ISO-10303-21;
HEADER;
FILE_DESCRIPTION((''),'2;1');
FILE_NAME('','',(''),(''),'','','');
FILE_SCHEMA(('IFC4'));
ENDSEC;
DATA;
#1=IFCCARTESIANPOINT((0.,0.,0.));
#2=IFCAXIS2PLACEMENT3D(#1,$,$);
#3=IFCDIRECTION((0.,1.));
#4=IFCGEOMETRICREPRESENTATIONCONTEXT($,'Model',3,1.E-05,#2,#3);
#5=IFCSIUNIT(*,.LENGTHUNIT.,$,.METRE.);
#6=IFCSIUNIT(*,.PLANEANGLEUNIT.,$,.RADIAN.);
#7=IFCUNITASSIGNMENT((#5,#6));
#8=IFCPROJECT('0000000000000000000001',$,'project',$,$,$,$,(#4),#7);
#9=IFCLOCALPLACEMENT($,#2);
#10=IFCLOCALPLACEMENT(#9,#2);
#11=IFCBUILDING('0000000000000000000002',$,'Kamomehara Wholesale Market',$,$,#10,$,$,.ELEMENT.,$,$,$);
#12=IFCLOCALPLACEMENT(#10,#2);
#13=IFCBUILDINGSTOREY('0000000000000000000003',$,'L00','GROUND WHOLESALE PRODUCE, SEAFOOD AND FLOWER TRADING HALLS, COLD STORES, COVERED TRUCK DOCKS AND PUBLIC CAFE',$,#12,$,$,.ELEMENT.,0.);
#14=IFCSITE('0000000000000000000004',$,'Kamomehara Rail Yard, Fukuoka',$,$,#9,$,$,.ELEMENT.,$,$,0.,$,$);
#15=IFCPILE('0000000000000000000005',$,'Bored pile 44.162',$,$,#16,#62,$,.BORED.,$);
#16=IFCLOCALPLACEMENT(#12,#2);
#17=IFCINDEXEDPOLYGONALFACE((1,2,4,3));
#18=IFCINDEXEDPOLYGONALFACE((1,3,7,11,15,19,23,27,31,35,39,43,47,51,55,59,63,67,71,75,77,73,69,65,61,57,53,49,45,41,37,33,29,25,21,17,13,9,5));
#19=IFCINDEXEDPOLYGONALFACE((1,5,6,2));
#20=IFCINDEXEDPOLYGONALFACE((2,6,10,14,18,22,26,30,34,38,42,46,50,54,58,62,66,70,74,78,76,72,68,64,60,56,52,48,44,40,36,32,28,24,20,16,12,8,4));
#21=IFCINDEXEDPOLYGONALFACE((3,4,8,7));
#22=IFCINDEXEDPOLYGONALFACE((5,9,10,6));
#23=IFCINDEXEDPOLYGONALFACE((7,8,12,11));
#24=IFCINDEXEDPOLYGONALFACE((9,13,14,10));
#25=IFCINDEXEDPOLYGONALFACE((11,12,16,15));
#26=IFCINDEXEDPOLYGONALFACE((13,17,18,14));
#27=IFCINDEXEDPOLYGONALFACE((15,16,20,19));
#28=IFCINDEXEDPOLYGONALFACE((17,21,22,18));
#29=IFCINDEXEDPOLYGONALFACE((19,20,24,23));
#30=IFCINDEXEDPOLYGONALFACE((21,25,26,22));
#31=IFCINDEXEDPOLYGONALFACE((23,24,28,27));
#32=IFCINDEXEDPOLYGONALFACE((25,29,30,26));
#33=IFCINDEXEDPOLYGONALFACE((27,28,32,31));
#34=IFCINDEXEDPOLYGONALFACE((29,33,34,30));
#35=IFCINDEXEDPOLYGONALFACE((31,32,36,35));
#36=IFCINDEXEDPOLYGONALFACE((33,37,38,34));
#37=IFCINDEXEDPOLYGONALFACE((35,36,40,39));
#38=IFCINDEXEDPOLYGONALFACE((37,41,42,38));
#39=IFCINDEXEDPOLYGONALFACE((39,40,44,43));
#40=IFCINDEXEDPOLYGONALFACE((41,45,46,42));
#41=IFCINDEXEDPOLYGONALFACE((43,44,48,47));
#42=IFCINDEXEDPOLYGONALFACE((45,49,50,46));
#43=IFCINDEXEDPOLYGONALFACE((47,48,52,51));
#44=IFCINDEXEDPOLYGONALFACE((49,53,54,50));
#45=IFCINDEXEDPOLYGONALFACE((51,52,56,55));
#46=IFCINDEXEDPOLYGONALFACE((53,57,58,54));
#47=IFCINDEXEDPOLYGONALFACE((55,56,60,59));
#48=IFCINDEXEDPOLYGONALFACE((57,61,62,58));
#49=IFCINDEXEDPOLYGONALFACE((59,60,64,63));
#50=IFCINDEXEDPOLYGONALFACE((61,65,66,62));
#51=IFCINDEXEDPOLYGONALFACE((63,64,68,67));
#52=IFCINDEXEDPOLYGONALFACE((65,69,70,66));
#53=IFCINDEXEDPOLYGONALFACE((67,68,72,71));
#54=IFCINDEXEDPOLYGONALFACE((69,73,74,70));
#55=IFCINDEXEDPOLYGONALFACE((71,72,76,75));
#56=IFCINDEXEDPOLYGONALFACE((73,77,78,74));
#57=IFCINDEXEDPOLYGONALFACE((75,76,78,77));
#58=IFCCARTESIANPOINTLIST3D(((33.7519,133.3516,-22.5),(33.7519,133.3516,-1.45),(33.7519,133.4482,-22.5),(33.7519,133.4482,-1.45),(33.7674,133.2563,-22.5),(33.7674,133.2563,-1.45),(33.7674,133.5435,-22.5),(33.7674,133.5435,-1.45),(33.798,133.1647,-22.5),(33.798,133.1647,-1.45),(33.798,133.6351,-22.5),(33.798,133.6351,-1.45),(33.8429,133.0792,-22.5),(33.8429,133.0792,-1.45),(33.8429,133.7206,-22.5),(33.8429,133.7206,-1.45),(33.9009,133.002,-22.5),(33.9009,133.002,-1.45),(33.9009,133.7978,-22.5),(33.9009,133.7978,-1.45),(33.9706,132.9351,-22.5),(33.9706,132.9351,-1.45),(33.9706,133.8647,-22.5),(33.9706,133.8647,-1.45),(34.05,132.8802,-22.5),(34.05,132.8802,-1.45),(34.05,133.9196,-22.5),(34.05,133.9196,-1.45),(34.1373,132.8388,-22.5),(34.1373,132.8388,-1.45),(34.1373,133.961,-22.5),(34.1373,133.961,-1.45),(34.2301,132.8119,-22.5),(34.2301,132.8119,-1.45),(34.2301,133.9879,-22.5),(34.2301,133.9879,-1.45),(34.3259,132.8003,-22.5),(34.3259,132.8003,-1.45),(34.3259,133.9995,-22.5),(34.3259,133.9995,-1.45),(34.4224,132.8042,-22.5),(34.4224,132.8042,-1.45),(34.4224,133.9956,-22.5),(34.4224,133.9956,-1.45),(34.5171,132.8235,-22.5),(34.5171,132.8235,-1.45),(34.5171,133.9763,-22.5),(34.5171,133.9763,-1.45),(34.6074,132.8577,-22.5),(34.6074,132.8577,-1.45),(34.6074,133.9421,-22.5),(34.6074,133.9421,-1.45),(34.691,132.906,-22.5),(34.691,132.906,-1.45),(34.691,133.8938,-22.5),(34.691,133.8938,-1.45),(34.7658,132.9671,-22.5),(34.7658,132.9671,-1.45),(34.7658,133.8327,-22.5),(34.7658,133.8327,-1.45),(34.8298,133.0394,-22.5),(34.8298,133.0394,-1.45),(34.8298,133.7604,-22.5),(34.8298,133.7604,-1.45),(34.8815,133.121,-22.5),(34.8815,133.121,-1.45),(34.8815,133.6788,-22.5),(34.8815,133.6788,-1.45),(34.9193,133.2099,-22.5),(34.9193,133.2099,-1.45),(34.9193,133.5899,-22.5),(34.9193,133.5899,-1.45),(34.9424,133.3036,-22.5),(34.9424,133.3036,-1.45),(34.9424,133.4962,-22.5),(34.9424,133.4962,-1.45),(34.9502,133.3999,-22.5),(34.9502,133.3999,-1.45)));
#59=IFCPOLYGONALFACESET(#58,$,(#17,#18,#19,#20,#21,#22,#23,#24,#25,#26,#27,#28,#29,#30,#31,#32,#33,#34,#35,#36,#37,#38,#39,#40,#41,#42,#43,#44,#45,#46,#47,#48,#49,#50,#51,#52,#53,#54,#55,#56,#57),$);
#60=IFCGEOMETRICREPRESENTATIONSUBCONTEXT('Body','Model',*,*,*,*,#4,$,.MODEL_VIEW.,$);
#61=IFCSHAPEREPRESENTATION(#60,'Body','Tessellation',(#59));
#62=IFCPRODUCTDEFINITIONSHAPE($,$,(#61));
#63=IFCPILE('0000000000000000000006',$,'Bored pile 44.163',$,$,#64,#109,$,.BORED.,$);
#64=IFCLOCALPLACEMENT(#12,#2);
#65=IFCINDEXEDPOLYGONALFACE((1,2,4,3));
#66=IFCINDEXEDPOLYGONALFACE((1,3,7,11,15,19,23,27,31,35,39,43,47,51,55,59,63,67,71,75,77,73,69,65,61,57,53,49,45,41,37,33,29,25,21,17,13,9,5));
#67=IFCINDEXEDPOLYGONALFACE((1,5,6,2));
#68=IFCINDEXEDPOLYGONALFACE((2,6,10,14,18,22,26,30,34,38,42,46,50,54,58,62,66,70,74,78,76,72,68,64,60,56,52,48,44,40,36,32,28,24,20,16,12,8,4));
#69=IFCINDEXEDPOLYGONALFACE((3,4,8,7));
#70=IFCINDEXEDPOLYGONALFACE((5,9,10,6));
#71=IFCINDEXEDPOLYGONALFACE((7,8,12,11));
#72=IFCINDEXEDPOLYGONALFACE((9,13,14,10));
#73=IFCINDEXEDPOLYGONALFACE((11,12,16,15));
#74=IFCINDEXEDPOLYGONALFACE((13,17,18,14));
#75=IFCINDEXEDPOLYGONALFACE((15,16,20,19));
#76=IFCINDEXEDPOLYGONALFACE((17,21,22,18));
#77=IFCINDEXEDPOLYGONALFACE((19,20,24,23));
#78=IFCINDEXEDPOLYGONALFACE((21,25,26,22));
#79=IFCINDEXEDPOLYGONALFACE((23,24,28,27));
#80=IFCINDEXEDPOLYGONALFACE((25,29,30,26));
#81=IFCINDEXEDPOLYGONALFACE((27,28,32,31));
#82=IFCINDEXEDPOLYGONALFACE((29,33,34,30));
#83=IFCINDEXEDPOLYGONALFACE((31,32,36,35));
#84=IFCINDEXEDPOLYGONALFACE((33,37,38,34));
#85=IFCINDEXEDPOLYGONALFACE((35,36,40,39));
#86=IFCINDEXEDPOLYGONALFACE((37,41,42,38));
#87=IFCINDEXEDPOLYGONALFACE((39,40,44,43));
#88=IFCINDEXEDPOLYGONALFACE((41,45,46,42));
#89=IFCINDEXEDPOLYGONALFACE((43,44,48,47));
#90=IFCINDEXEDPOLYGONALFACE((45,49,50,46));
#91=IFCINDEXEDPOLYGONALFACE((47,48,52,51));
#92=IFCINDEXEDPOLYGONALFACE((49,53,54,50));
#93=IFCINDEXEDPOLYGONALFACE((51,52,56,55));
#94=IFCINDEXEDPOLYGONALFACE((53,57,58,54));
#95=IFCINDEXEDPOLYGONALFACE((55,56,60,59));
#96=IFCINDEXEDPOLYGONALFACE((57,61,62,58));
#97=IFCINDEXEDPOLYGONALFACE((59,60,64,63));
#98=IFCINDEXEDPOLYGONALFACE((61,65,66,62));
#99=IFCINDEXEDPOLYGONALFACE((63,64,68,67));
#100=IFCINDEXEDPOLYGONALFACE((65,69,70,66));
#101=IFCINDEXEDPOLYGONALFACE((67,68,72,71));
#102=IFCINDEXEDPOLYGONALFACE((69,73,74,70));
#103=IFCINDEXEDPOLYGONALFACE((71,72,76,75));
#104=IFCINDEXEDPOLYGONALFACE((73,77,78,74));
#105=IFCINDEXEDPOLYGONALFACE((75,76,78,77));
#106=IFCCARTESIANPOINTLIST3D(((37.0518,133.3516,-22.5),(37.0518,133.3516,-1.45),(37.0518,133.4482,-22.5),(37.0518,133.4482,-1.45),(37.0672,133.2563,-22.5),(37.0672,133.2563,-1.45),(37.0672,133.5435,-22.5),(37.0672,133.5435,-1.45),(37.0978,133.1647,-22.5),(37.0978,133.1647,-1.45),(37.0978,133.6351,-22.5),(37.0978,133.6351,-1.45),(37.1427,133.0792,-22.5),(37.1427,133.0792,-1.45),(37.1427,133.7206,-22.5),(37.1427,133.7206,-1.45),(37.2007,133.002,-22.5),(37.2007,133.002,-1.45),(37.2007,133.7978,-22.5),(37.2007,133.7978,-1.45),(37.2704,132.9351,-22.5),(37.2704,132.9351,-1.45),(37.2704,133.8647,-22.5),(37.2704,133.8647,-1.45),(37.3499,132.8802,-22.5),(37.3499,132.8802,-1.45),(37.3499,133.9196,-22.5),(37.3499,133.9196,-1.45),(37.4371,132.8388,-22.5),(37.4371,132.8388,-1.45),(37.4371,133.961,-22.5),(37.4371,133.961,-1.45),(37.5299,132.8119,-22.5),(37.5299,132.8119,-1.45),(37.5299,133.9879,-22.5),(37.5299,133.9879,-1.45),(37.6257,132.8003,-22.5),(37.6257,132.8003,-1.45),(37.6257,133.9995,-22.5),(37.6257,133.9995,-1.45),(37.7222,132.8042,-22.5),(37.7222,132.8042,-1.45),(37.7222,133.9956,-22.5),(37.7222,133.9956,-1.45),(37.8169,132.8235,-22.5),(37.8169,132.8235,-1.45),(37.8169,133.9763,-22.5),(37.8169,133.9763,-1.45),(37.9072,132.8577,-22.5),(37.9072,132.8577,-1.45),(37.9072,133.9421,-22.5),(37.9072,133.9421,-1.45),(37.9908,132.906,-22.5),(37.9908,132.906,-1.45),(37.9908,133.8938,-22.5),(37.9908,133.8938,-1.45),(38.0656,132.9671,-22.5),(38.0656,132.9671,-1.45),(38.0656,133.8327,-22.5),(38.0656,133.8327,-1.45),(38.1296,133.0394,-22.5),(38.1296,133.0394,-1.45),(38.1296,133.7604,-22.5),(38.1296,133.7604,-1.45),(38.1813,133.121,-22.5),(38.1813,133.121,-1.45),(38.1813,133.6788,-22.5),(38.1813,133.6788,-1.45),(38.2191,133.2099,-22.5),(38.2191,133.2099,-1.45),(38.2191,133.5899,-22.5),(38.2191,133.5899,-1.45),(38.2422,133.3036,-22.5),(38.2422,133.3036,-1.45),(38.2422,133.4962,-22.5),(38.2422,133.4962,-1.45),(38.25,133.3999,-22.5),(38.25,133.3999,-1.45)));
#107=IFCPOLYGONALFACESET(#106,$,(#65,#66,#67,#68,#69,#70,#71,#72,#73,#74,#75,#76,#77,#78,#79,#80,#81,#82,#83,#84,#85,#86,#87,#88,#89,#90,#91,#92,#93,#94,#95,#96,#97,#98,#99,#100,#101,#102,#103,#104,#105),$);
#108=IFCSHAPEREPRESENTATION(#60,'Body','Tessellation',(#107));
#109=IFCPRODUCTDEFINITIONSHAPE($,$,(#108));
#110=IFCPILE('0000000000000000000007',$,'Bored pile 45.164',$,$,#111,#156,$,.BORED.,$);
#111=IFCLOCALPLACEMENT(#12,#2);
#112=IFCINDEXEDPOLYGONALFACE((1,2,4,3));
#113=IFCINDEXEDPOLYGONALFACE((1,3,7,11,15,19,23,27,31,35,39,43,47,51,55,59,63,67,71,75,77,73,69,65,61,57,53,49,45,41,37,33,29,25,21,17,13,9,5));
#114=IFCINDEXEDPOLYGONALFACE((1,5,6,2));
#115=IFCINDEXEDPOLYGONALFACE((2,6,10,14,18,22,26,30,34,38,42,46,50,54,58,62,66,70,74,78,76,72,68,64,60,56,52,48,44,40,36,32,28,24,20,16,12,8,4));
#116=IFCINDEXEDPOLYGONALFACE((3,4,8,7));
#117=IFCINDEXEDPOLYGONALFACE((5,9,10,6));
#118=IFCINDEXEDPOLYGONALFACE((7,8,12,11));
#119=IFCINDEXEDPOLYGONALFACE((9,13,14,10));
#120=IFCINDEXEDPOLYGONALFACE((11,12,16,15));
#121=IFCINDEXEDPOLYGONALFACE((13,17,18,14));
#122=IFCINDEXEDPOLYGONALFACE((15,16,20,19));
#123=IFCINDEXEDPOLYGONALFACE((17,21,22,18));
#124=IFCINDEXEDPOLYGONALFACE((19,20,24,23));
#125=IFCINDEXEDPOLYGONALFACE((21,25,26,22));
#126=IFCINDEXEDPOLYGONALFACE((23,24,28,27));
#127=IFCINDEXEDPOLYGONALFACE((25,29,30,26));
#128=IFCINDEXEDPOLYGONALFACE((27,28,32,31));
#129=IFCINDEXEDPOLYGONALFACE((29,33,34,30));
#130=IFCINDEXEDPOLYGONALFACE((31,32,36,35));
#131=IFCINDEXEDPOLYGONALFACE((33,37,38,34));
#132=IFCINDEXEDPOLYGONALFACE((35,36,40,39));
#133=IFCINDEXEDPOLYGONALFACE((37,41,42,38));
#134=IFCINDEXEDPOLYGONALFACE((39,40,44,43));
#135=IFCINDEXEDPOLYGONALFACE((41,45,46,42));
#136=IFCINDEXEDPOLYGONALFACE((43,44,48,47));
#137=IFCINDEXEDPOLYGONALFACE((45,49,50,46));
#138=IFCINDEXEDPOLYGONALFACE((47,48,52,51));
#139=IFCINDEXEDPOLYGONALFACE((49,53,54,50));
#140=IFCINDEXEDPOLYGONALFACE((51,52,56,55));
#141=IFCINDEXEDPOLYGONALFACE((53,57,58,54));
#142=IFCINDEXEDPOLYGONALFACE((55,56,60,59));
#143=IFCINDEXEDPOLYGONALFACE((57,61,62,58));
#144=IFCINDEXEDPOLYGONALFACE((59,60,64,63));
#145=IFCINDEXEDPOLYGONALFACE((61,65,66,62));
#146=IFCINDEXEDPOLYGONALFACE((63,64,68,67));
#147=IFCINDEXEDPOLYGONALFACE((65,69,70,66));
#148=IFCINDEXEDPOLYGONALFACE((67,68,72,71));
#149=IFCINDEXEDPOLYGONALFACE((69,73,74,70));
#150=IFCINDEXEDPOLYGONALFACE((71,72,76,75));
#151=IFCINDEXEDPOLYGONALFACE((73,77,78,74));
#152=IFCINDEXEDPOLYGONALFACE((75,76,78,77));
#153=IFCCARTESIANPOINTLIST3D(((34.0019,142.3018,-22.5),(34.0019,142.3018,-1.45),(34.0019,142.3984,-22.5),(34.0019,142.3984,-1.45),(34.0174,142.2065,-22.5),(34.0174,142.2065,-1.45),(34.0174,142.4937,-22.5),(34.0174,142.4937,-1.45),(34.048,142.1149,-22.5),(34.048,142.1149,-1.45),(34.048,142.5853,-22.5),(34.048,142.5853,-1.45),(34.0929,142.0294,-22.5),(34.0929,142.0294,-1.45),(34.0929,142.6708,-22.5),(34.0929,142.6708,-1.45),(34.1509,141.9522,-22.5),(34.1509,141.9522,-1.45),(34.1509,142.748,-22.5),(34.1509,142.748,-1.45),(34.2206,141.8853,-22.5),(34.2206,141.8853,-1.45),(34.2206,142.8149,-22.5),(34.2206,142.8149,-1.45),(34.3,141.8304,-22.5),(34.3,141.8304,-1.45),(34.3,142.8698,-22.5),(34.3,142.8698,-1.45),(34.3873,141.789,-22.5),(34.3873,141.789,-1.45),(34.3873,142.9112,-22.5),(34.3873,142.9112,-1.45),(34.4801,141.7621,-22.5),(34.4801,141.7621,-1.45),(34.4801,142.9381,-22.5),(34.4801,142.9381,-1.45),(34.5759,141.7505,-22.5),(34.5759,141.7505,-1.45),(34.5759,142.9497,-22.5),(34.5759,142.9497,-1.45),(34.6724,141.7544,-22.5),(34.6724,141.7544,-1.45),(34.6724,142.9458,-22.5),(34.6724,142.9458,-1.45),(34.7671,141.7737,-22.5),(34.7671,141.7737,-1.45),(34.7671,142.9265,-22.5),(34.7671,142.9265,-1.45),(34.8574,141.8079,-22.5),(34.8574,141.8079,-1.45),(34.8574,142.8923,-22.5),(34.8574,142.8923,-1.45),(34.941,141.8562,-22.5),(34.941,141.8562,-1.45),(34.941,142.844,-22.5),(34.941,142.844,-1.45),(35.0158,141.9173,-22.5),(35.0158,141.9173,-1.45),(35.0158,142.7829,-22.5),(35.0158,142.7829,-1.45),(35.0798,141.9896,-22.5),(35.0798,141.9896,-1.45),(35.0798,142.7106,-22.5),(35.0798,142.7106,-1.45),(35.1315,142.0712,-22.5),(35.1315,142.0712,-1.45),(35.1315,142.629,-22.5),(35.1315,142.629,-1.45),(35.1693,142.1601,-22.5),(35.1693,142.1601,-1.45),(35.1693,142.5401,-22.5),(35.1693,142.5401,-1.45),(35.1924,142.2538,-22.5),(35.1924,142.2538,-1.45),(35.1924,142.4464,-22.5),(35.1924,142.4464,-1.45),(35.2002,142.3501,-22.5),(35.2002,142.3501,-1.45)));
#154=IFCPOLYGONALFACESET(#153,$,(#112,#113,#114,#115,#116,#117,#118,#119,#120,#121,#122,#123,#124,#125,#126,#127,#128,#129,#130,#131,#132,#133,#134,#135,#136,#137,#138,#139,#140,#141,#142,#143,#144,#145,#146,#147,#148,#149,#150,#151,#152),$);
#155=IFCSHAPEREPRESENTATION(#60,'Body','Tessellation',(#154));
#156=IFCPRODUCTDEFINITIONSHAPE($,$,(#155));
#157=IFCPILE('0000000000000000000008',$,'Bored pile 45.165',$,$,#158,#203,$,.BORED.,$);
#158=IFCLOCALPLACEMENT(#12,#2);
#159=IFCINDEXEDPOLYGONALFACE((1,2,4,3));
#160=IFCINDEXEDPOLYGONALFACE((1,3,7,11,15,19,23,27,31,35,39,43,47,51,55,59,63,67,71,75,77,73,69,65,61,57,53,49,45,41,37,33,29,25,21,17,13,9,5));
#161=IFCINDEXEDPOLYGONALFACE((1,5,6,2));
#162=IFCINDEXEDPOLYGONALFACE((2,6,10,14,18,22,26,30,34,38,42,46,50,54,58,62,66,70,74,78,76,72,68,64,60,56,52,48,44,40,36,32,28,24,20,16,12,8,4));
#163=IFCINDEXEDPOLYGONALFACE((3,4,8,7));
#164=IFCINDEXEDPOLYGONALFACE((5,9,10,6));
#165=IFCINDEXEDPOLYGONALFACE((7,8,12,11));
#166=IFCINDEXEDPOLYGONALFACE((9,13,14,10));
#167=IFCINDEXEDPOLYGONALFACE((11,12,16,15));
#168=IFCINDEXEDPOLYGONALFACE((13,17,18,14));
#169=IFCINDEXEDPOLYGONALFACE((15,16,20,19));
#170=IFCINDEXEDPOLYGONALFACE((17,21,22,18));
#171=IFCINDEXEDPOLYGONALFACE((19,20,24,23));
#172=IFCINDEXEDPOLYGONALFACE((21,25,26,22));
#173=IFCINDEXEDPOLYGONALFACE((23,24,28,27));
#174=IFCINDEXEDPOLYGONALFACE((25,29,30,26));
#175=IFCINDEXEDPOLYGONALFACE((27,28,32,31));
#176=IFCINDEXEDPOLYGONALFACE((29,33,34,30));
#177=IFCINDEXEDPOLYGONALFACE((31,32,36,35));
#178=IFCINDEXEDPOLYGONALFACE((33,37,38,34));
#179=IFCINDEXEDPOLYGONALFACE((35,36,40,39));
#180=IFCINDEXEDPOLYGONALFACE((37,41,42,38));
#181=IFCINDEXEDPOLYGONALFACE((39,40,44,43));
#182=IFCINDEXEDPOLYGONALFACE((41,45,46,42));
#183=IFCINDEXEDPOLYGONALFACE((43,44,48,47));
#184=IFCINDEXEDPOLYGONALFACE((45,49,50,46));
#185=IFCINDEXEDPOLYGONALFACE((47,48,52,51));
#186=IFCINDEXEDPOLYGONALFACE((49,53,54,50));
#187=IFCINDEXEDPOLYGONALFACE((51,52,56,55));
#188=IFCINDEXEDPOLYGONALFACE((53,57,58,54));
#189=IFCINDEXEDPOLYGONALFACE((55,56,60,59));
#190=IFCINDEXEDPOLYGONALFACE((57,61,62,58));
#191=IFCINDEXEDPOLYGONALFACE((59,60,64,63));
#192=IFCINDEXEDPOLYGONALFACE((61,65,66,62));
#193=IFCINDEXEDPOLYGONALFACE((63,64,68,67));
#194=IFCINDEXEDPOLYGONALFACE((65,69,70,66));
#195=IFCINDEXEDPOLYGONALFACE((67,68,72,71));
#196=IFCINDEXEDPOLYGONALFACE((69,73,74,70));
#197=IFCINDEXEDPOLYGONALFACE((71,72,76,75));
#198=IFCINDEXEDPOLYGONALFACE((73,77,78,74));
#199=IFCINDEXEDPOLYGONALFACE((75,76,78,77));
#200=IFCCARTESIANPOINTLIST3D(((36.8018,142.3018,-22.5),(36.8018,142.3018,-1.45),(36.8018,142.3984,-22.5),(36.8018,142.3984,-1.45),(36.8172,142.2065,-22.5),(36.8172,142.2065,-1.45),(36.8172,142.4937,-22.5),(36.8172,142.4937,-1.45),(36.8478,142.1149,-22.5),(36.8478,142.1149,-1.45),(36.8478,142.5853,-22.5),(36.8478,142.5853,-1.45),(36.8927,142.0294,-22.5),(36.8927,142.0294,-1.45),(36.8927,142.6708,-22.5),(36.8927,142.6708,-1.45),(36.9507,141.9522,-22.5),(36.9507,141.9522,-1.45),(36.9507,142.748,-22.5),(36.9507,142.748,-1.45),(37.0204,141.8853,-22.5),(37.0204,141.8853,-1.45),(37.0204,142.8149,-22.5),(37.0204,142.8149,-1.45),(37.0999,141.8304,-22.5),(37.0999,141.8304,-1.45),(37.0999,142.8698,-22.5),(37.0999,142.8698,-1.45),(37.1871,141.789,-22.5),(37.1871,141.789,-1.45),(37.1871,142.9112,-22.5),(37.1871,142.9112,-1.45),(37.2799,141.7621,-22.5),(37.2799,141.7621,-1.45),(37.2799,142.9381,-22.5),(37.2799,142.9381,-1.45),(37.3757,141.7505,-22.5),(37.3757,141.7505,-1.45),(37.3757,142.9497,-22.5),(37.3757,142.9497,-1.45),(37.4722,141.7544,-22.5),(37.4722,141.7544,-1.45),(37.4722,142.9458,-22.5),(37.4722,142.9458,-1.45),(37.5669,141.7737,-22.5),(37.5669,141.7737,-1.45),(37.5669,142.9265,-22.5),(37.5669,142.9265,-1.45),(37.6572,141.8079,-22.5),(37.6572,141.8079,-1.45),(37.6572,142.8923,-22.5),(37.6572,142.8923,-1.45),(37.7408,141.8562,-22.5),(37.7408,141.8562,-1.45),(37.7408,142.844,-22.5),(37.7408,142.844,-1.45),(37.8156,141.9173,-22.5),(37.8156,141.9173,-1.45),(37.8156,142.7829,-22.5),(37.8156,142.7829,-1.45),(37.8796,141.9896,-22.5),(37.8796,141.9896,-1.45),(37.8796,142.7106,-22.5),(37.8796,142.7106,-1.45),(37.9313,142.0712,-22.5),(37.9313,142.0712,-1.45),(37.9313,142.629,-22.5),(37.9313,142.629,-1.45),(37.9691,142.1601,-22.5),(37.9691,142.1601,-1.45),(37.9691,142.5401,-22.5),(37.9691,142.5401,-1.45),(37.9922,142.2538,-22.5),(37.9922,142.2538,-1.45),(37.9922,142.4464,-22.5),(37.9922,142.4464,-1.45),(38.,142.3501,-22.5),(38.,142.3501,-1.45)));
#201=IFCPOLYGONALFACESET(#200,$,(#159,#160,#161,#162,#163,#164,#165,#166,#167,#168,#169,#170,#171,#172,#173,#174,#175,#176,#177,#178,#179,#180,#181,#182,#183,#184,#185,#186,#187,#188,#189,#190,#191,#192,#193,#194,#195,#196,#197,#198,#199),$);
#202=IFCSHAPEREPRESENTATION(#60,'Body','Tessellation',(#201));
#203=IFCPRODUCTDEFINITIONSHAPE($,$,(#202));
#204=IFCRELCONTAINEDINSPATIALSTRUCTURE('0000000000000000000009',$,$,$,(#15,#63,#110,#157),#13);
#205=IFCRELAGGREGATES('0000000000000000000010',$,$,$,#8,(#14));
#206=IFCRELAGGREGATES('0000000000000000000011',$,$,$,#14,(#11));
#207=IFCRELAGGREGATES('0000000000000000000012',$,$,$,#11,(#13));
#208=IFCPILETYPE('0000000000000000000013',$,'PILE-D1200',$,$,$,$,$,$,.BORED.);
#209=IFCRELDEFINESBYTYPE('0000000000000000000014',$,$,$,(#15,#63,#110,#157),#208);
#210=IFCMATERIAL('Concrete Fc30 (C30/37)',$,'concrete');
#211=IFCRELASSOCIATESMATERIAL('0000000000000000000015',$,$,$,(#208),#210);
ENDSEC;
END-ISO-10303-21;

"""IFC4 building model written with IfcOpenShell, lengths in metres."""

from ifc_helpers import new_model, si_unit, direction, frame, origin, origin_2d, place, context, subcontext, project, spatial, circle, extrude, material, material_profile, profile_set, type_object, element, save


model = new_model("IFC4")

# Units and contexts
model_context = context("Model", 3, precision=1e-05, world=origin(), true_north=direction((0.0, 1.0)))
body_context = subcontext(model_context, "Body", "Model", "MODEL_VIEW")
ifc_project = project(units=[si_unit("LENGTHUNIT", "METRE"), si_unit("PLANEANGLEUNIT", "RADIAN")], contexts=[model_context])

# Site, building, storey
site_placement = place(None, origin())
site = spatial("IfcSite", under=ifc_project, at=site_placement, Name="Kamomehara Rail Yard, Fukuoka", CompositionType="ELEMENT", RefElevation=0.0)
building_placement = place(site_placement, origin())
building = spatial("IfcBuilding", under=site, at=building_placement, Name="Kamomehara Wholesale Market", CompositionType="ELEMENT")
storey_placement = place(building_placement, origin())
storey = spatial("IfcBuildingStorey", under=building, at=storey_placement, Name="L00", Description="GROUND WHOLESALE PRODUCE, SEAFOOD AND FLOWER TRADING HALLS, COLD STORES, COVERED TRUCK DOCKS AND PUBLIC CAFE", CompositionType="ELEMENT", Elevation=0.0)

# Piles
ifc_material_1 = material(Name="Concrete Fc30 (C30/37)", Category="concrete")
ifc_material_profile_1 = material_profile(ifc_material_1, circle(Radius=0.6001, at=origin_2d()), Name="RC-PILE-D1200")
ifc_profile_set_1 = profile_set([ifc_material_profile_1], Name="Concrete Fc30 (C30/37)")
pile_type_1 = type_object("IfcPileType", Name="PILE-D1200", PredefinedType="BORED", material=ifc_profile_set_1)
for number, where, z_axis, x_axis, name in (
    (1, (34.3501, 133.3999, -1.45), (0.0, 0.0, -1.0), (1.0, 0.0, 0.0), "Bored pile 44.162"),
    (2, (37.6499, 133.3999, -1.45), (0.0, 0.0, -1.0), (1.0, 0.0, 0.0), "Bored pile 44.163"),
    (3, (34.6001, 142.3501, -1.45), (0.0, 0.0, -1.0), (1.0, 0.0, 0.0), "Bored pile 45.164"),
    (4, (37.3999, 142.3501, -1.45), (0.0, 0.0, -1.0), (1.0, 0.0, 0.0), "Bored pile 45.165"),
):
    element("IfcPile", number, at=place(storey_placement, frame(where, z_axis=z_axis, x_axis=x_axis)), inside=storey, type_object=pile_type_1, Name=name, PredefinedType="BORED", context=body_context, shape_type="SweptSolid", body=[
        extrude(circle(Radius=0.6001, at=origin_2d()), origin(), (0.0, 0.0, 1.0), 21.05),
    ])

save(model, "model.ifc")
